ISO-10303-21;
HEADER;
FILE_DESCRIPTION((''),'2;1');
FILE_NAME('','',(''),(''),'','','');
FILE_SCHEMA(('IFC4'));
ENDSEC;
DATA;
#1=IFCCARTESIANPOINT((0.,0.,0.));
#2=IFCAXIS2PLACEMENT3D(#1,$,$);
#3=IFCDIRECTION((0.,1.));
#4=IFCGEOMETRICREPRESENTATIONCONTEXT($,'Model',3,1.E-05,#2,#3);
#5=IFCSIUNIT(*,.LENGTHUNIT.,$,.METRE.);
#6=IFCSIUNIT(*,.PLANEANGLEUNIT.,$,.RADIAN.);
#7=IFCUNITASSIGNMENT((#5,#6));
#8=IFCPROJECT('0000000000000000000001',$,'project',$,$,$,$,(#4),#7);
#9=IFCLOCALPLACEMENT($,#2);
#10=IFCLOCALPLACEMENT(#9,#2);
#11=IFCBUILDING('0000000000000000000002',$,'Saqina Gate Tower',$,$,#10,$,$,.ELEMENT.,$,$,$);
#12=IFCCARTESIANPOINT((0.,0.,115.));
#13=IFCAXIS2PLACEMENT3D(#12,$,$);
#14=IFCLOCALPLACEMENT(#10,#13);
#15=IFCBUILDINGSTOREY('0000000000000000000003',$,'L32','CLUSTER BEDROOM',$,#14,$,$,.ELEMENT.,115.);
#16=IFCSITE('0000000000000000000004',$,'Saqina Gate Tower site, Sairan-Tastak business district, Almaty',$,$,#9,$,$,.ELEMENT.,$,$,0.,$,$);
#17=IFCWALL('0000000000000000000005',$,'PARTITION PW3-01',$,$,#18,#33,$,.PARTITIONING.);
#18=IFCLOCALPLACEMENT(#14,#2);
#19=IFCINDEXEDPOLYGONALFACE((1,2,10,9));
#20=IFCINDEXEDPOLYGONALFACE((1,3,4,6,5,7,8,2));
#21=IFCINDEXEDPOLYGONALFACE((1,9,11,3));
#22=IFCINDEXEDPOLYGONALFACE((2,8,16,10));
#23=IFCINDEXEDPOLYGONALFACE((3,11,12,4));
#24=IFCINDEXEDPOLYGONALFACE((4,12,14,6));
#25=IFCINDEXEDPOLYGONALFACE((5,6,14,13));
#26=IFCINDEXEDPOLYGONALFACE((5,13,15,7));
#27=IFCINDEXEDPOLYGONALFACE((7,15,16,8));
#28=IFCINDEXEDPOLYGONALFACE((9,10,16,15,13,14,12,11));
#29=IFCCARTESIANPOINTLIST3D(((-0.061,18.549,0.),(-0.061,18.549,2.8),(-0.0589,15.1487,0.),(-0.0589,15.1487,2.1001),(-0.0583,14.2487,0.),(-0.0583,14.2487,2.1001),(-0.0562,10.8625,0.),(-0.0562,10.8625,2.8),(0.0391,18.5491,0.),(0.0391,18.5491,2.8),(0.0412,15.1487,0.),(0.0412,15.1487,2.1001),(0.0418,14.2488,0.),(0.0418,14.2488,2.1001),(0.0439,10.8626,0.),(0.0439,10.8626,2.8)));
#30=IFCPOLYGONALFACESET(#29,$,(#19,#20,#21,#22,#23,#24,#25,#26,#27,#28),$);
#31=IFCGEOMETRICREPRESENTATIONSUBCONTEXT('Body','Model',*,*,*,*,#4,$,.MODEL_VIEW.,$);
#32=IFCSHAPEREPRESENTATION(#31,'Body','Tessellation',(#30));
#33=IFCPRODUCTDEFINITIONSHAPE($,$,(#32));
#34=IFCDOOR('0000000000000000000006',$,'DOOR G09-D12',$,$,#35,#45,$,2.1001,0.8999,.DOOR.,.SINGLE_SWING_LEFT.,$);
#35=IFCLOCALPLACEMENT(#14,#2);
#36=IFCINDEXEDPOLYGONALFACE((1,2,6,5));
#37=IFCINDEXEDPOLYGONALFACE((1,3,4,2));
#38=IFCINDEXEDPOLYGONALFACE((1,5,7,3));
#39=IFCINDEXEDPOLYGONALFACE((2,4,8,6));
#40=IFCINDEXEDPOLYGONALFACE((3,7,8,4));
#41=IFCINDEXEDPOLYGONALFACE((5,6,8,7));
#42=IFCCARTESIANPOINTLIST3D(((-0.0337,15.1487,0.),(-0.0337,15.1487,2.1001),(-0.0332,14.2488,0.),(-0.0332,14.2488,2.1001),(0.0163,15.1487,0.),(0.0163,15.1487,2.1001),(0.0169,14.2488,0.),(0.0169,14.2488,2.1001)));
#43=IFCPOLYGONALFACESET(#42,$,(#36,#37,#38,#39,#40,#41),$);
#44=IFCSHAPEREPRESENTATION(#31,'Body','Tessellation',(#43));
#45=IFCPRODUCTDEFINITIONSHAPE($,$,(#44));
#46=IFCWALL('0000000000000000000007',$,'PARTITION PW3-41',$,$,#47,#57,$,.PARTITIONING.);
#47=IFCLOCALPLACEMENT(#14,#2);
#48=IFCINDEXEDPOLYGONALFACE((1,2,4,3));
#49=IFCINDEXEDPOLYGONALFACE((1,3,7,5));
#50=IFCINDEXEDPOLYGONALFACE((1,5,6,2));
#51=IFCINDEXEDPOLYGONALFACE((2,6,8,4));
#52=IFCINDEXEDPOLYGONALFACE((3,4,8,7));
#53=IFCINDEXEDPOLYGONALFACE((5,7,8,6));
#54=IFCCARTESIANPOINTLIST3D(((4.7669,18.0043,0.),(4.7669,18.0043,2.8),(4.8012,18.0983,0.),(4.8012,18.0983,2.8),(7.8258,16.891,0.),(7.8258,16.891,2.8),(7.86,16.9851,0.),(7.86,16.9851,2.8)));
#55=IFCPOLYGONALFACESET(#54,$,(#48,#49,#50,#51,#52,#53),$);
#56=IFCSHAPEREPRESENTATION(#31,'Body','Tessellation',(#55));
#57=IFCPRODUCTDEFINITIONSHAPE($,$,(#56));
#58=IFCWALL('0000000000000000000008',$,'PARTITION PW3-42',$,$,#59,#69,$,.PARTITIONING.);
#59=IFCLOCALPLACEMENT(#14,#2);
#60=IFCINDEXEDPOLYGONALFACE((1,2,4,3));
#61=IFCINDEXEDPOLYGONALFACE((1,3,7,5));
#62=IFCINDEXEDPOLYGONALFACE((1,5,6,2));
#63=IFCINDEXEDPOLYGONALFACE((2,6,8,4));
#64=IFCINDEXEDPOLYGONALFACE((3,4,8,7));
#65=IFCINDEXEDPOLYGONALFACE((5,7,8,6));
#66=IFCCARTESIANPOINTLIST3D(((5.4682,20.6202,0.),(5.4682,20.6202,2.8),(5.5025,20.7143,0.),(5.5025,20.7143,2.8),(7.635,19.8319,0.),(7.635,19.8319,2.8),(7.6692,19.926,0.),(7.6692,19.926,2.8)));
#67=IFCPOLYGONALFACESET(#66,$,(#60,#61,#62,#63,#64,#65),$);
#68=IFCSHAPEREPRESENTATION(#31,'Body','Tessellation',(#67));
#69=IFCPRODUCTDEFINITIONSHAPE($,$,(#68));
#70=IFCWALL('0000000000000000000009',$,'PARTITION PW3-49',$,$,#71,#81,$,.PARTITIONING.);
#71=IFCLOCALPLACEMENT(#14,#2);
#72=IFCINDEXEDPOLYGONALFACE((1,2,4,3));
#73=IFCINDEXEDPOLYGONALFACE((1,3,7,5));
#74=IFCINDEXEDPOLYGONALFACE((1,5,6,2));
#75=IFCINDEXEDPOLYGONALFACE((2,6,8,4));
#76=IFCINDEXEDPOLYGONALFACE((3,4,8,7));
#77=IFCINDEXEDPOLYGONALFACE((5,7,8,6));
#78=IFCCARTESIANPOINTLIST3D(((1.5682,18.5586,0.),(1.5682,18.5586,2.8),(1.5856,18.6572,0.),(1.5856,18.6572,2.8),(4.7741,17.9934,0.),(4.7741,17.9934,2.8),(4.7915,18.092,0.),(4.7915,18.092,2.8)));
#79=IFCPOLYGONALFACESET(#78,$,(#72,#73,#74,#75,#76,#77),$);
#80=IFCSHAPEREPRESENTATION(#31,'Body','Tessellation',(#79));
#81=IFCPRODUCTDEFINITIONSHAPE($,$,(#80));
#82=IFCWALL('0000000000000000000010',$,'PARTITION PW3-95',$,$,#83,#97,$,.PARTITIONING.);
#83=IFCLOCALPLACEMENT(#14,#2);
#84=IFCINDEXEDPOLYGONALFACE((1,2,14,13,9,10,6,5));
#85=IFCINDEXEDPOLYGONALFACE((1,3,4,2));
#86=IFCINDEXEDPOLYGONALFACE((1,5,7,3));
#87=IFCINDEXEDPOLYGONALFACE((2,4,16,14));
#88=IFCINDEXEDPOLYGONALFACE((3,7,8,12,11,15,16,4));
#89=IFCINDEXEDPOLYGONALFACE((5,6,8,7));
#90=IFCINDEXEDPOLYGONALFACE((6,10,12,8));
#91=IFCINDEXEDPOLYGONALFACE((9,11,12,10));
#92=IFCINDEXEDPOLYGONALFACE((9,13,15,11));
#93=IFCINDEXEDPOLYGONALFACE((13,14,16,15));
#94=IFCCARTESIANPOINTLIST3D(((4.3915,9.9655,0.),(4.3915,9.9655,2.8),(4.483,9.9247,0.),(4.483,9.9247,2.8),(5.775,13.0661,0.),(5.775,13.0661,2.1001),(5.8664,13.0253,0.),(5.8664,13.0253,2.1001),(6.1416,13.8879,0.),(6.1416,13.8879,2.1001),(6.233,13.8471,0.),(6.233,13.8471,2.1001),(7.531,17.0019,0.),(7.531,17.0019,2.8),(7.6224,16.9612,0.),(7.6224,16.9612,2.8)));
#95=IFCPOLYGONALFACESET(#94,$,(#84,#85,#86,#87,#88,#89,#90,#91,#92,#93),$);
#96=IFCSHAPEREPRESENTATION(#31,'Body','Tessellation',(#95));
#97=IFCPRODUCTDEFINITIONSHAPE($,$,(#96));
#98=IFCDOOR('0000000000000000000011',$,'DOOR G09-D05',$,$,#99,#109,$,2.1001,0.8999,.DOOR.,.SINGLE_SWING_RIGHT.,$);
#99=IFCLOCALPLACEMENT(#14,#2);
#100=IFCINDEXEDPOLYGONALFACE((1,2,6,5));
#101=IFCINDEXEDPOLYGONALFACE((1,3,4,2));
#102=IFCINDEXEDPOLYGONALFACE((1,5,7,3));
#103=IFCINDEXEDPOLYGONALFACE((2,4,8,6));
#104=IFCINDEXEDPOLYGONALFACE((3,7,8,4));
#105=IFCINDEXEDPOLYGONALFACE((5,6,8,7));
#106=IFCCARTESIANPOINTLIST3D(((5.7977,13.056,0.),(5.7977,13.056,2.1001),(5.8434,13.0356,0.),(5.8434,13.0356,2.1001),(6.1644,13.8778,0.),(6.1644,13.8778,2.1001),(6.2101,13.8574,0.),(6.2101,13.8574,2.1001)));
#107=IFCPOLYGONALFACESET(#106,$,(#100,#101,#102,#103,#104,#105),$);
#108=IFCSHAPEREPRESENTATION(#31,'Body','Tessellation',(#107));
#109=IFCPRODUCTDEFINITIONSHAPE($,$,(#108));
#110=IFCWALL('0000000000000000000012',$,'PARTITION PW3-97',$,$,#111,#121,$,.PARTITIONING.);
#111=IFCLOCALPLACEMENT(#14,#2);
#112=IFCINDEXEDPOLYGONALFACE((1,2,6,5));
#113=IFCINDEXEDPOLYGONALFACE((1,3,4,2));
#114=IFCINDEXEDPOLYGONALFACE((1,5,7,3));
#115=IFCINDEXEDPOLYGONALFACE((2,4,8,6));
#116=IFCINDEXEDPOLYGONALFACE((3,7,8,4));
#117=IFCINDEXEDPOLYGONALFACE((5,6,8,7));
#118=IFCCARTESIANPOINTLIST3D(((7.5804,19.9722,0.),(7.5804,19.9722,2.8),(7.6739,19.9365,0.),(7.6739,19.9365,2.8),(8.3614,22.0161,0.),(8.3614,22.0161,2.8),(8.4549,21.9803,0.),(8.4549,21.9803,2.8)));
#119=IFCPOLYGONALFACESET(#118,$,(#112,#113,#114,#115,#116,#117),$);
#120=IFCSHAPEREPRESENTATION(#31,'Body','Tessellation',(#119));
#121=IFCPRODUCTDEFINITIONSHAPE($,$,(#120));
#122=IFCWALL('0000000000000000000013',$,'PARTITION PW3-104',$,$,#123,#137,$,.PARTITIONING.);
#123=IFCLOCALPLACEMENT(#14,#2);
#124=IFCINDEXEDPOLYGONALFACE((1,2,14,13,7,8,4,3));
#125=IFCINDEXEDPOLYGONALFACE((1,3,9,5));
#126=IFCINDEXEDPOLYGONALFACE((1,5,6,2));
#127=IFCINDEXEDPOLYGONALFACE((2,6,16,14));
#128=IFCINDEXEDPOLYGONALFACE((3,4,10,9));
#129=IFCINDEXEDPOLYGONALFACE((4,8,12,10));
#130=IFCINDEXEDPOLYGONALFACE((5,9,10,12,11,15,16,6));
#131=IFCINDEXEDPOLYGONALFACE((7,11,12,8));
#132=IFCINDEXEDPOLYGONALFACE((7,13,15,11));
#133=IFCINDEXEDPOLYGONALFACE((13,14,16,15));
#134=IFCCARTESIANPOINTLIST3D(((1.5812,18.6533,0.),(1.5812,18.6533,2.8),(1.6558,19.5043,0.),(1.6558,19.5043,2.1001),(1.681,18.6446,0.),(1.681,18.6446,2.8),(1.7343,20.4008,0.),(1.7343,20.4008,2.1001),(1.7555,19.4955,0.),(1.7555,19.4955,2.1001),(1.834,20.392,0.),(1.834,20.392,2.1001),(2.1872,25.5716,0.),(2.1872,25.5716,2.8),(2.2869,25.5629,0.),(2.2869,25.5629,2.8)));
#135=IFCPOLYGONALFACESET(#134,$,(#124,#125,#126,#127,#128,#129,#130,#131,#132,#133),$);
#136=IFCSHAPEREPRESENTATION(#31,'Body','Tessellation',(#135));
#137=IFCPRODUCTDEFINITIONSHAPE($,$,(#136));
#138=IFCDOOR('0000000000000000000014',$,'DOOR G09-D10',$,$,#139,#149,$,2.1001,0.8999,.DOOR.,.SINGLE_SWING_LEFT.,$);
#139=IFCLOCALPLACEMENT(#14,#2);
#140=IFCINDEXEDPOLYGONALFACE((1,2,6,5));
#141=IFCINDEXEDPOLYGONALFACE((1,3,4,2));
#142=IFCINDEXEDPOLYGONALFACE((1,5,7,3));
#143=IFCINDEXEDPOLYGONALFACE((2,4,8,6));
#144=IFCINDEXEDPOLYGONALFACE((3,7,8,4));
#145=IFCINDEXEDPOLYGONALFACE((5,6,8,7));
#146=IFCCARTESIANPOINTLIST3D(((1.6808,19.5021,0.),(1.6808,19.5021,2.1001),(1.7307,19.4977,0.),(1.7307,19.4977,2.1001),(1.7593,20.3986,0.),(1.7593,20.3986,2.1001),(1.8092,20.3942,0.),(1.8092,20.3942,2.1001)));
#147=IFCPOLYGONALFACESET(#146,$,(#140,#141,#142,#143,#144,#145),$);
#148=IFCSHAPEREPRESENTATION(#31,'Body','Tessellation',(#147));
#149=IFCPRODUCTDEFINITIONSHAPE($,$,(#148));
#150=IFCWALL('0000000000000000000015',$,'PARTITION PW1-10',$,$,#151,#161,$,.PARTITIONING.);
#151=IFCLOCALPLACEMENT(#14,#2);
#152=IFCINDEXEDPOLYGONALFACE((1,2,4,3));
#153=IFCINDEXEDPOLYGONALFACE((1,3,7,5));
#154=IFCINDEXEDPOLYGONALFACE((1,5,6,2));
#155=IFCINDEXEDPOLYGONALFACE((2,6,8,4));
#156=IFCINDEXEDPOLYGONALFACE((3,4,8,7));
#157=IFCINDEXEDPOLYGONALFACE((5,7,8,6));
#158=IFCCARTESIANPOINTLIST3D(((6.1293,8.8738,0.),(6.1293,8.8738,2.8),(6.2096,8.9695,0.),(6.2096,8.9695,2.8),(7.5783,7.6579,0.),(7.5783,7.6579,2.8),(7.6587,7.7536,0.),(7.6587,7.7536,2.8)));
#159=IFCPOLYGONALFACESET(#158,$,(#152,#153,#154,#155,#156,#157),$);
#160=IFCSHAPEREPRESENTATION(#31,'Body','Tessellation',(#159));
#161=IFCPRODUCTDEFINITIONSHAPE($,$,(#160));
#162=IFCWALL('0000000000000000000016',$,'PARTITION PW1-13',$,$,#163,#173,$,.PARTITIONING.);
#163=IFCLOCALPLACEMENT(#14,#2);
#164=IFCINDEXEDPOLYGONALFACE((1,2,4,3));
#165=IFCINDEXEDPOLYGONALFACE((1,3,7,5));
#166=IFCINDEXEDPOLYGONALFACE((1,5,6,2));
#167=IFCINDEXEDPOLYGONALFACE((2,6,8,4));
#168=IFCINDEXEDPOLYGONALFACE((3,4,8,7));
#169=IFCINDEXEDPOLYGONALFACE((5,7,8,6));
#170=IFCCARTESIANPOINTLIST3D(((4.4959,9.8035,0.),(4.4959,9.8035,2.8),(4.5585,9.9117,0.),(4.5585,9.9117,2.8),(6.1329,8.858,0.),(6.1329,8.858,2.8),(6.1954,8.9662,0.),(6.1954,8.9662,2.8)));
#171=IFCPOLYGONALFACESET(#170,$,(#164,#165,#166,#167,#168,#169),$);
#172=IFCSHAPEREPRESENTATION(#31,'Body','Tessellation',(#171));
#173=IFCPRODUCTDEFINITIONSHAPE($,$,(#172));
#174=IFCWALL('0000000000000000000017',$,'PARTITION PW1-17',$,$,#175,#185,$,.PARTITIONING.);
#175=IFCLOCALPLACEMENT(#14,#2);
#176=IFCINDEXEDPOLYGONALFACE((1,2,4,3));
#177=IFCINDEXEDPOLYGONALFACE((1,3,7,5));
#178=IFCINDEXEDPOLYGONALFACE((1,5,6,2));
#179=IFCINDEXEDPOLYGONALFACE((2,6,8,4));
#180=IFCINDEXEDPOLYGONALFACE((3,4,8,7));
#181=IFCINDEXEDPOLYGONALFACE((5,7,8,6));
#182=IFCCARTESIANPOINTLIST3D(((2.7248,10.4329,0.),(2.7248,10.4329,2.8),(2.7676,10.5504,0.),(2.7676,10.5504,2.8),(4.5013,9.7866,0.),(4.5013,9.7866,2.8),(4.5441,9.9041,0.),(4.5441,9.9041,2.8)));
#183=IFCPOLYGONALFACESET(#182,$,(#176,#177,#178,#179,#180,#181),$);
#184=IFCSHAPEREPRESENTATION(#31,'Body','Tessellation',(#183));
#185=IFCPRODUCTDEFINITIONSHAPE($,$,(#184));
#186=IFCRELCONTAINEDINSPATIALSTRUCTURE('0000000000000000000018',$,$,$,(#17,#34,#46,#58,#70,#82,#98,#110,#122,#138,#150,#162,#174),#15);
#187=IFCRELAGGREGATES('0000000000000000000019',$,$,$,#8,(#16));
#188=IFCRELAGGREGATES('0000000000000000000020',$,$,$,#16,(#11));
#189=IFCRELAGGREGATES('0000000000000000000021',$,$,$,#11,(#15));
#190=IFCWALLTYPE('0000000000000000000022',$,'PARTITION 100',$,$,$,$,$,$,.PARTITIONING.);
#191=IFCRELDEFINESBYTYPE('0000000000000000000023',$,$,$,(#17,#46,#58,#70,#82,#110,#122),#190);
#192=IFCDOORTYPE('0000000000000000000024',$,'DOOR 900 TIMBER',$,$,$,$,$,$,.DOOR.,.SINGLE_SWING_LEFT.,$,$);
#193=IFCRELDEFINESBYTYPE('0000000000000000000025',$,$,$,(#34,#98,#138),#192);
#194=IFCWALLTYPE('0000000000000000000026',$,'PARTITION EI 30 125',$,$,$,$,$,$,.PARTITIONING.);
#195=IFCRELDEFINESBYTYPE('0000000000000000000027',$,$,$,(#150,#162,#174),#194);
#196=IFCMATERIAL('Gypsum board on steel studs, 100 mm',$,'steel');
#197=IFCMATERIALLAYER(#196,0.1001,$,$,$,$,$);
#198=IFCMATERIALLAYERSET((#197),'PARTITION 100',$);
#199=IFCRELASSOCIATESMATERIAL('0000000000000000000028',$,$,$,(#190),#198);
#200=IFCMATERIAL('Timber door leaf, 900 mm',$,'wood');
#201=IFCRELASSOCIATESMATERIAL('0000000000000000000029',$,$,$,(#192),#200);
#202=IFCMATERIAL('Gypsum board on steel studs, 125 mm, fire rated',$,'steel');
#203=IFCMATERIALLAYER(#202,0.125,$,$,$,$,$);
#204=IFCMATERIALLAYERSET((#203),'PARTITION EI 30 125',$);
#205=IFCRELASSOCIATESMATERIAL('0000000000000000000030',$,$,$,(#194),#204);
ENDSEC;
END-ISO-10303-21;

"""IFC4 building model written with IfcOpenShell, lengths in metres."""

from ifc_helpers import new_model, si_unit, direction, frame, frame_2d, origin, place, context, subcontext, project, spatial, rectangle, extrude, material, layer, layer_set, type_object, element, fill, save


model = new_model("IFC4")

# Units and contexts
model_context = context("Model", 3, precision=1e-05, world=origin(), true_north=direction((0.0, 1.0)))
body_context = subcontext(model_context, "Body", "Model", "MODEL_VIEW")
ifc_project = project(units=[si_unit("LENGTHUNIT", "METRE"), si_unit("PLANEANGLEUNIT", "RADIAN")], contexts=[model_context])

# Site, building, storey
site_placement = place(None, origin())
site = spatial("IfcSite", under=ifc_project, at=site_placement, Name="Saqina Gate Tower site, Sairan-Tastak business district, Almaty", CompositionType="ELEMENT", RefElevation=0.0)
building_placement = place(site_placement, origin())
building = spatial("IfcBuilding", under=site, at=building_placement, Name="Saqina Gate Tower", CompositionType="ELEMENT")
storey_placement = place(building_placement, frame((0.0, 0.0, 115.0)))
storey = spatial("IfcBuildingStorey", under=building, at=storey_placement, Name="L32", Description="CLUSTER BEDROOM", CompositionType="ELEMENT", Elevation=115.0)

# Wall, opening, door
ifc_material_1 = material(Name="Gypsum board on steel studs, 100 mm", Category="steel")
ifc_layer_1 = layer(ifc_material_1, 0.1001)
ifc_layer_set_1 = layer_set([ifc_layer_1], Name="PARTITION 100")
wall_type_1 = type_object("IfcWallType", Name="PARTITION 100", PredefinedType="PARTITIONING", material=ifc_layer_set_1)
wall_1_placement = place(storey_placement, frame((-0.011, 18.5491, 0.0), z_axis=(0.0, 0.0, 1.0), x_axis=(0.000635, -1.0, 0.0)))
wall_1 = element("IfcWall", 1, at=wall_1_placement, inside=storey, type_object=wall_type_1, Name="PARTITION PW3-01", PredefinedType="PARTITIONING", context=body_context, shape_type="SweptSolid", body=[
    extrude(rectangle(XDim=7.6865, YDim=0.1001, at=frame_2d((3.8433, 0.0))), origin(), (0.0, 0.0, 1.0), 2.8),
])
opening_1_placement = place(wall_1_placement, frame((3.4004, 0.0, 0.0)))
opening_1 = element("IfcOpeningElement", 2, at=opening_1_placement, cuts=wall_1, PredefinedType="OPENING", context=body_context, shape_type="SweptSolid", body=[
    extrude(rectangle(XDim=0.8999, YDim=2.1001, at=frame_2d((0.45, 1.05))), frame((0.0, 0.062, 0.0), z_axis=(0.0, -1.0, 0.0), x_axis=(1.0, 0.0, 0.0)), (0.0, 0.0, 1.0), 0.124),
])
ifc_material_2 = material(Name="Timber door leaf, 900 mm", Category="wood")
door_type_1 = type_object("IfcDoorType", Name="DOOR 900 TIMBER", OperationType="SINGLE_SWING_LEFT", PredefinedType="DOOR", material=ifc_material_2)
door_1_placement = place(opening_1_placement, frame((0.8999, 0.0, 0.0), z_axis=(0.0, 0.0, 1.0), x_axis=(-1.0, 0.0, 0.0)))
door_1 = element("IfcDoor", 3, at=door_1_placement, inside=storey, type_object=door_type_1, Name="DOOR G09-D12", OperationType="SINGLE_SWING_LEFT", OverallHeight=2.1001, OverallWidth=0.8999, PredefinedType="DOOR", context=body_context, shape_type="SweptSolid", body=[
    extrude(rectangle(XDim=0.8999, YDim=2.1001, at=frame_2d((0.45, 1.05))), frame((0.0, 0.0249, 0.0), z_axis=(0.0, -1.0, 0.0), x_axis=(1.0, 0.0, 0.0)), (0.0, 0.0, 1.0), 0.05),
])
fill(opening_1, door_1)

# Walls
wall_2_placement = place(storey_placement, frame((4.7842, 18.0513, 0.0), z_axis=(0.0, 0.0, 1.0), x_axis=(0.939697, -0.342008, 0.0)))
element("IfcWall", 4, at=wall_2_placement, inside=storey, type_object=wall_type_1, Name="PARTITION PW3-41", PredefinedType="PARTITIONING", context=body_context, shape_type="SweptSolid", body=[
    extrude(rectangle(XDim=3.2551, YDim=0.1001, at=frame_2d((1.6274, 0.0))), origin(), (0.0, 0.0, 1.0), 2.8),
])
wall_3_placement = place(storey_placement, frame((5.4854, 20.6672, 0.0), z_axis=(0.0, 0.0, 1.0), x_axis=(0.939735, -0.341905, 0.0)))
element("IfcWall", 5, at=wall_3_placement, inside=storey, type_object=wall_type_1, Name="PARTITION PW3-42", PredefinedType="PARTITIONING", context=body_context, shape_type="SweptSolid", body=[
    extrude(rectangle(XDim=2.3057, YDim=0.1001, at=frame_2d((1.1528, 0.0))), origin(), (0.0, 0.0, 1.0), 2.8),
])
wall_4_placement = place(storey_placement, frame((1.5769, 18.6079, 0.0), z_axis=(0.0, 0.0, 1.0), x_axis=(0.984812, -0.173623, 0.0)))
element("IfcWall", 6, at=wall_4_placement, inside=storey, type_object=wall_type_1, Name="PARTITION PW3-49", PredefinedType="PARTITIONING", context=body_context, shape_type="SweptSolid", body=[
    extrude(rectangle(XDim=3.2554, YDim=0.1001, at=frame_2d((1.6277, 0.0))), origin(), (0.0, 0.0, 1.0), 2.8),
])

# Wall, opening, door
wall_5_placement = place(storey_placement, frame((4.4373, 9.9451, 0.0), z_axis=(0.0, 0.0, 1.0), x_axis=(0.407452, 0.913227, 0.0)))
wall_5 = element("IfcWall", 7, at=wall_5_placement, inside=storey, type_object=wall_type_1, Name="PARTITION PW3-95", PredefinedType="PARTITIONING", context=body_context, shape_type="SweptSolid", body=[
    extrude(rectangle(XDim=7.7051, YDim=0.1001, at=frame_2d((3.8525, 0.0))), origin(), (0.0, 0.0, 1.0), 2.8),
])
opening_2_placement = place(wall_5_placement, frame((3.3953, 0.0, 0.0)))
opening_2 = element("IfcOpeningElement", 8, at=opening_2_placement, cuts=wall_5, PredefinedType="OPENING", context=body_context, shape_type="SweptSolid", body=[
    extrude(rectangle(XDim=0.8999, YDim=2.1001, at=frame_2d((0.45, 1.05))), frame((0.0, 0.062, 0.0), z_axis=(0.0, -1.0, 0.0), x_axis=(1.0, 0.0, 0.0)), (0.0, 0.0, 1.0), 0.124),
])
door_2_placement = place(opening_2_placement, frame((0.8999, 0.0, 0.0), z_axis=(0.0, 0.0, 1.0), x_axis=(-1.0, 0.0, 0.0)))
door_2 = element("IfcDoor", 9, at=door_2_placement, inside=storey, type_object=door_type_1, Name="DOOR G09-D05", OperationType="SINGLE_SWING_RIGHT", OverallHeight=2.1001, OverallWidth=0.8999, PredefinedType="DOOR", context=body_context, shape_type="SweptSolid", body=[
    extrude(rectangle(XDim=0.8999, YDim=2.1001, at=frame_2d((0.45, 1.05))), frame((0.0, 0.0249, 0.0), z_axis=(0.0, -1.0, 0.0), x_axis=(1.0, 0.0, 0.0)), (0.0, 0.0, 1.0), 0.05),
])
fill(opening_2, door_2)

# Wall
wall_6_placement = place(storey_placement, frame((7.6272, 19.9543, 0.0), z_axis=(0.0, 0.0, 1.0), x_axis=(0.356937, 0.934128, 0.0)))
element("IfcWall", 10, at=wall_6_placement, inside=storey, type_object=wall_type_1, Name="PARTITION PW3-97", PredefinedType="PARTITIONING", context=body_context, shape_type="SweptSolid", body=[
    extrude(rectangle(XDim=2.188, YDim=0.1001, at=frame_2d((1.094, 0.0))), origin(), (0.0, 0.0, 1.0), 2.8),
])

# Wall, opening, door
wall_7_placement = place(storey_placement, frame((1.6311, 18.6489, 0.0), z_axis=(0.0, 0.0, 1.0), x_axis=(0.087252, 0.996186, 0.0)))
wall_7 = element("IfcWall", 11, at=wall_7_placement, inside=storey, type_object=wall_type_1, Name="PARTITION PW3-104", PredefinedType="PARTITIONING", context=body_context, shape_type="SweptSolid", body=[
    extrude(rectangle(XDim=6.9448, YDim=0.1001, at=frame_2d((3.4724, 0.0))), origin(), (0.0, 0.0, 1.0), 2.8),
])
opening_3_placement = place(wall_7_placement, frame((0.8542, 0.0, 0.0)))
opening_3 = element("IfcOpeningElement", 12, at=opening_3_placement, cuts=wall_7, PredefinedType="OPENING", context=body_context, shape_type="SweptSolid", body=[
    extrude(rectangle(XDim=0.8999, YDim=2.1001, at=frame_2d((0.45, 1.05))), frame((0.0, 0.062, 0.0), z_axis=(0.0, -1.0, 0.0), x_axis=(1.0, 0.0, 0.0)), (0.0, 0.0, 1.0), 0.124),
])
door_3_placement = place(opening_3_placement, origin())
door_3 = element("IfcDoor", 13, at=door_3_placement, inside=storey, type_object=door_type_1, Name="DOOR G09-D10", OperationType="SINGLE_SWING_LEFT", OverallHeight=2.1001, OverallWidth=0.8999, PredefinedType="DOOR", context=body_context, shape_type="SweptSolid", body=[
    extrude(rectangle(XDim=0.8999, YDim=2.1001, at=frame_2d((0.45, 1.05))), frame((0.0, 0.0249, 0.0), z_axis=(0.0, -1.0, 0.0), x_axis=(1.0, 0.0, 0.0)), (0.0, 0.0, 1.0), 0.05),
])
fill(opening_3, door_3)

# Walls
ifc_material_3 = material(Name="Gypsum board on steel studs, 125 mm, fire rated", Category="steel")
ifc_layer_2 = layer(ifc_material_3, 0.125)
ifc_layer_set_2 = layer_set([ifc_layer_2], Name="PARTITION EI 30 125")
wall_type_2 = type_object("IfcWallType", Name="PARTITION EI 30 125", PredefinedType="PARTITIONING", material=ifc_layer_set_2)
wall_8_placement = place(storey_placement, frame((6.1694, 8.9216, 0.0), z_axis=(0.0, 0.0, 1.0), x_axis=(0.766048, -0.642783, 0.0)))
element("IfcWall", 14, at=wall_8_placement, inside=storey, type_object=wall_type_2, Name="PARTITION PW1-10", PredefinedType="PARTITIONING", context=body_context, shape_type="SweptSolid", body=[
    extrude(rectangle(XDim=1.8916, YDim=0.125, at=frame_2d((0.9458, 0.0))), origin(), (0.0, 0.0, 1.0), 2.8),
])
for number, where, z_axis, x_axis, name in (
    (15, (4.5271, 9.8577, 0.0), (0.0, 0.0, 1.0), (0.865921, -0.500181, 0.0), "PARTITION PW1-13"),
    (16, (2.7461, 10.4917, 0.0), (0.0, 0.0, 1.0), (0.939744, -0.341878, 0.0), "PARTITION PW1-17"),
):
    element("IfcWall", number, at=place(storey_placement, frame(where, z_axis=z_axis, x_axis=x_axis)), inside=storey, type_object=wall_type_2, Name=name, PredefinedType="PARTITIONING", context=body_context, shape_type="SweptSolid", body=[
        extrude(rectangle(XDim=1.8904, YDim=0.125, at=frame_2d((0.9453, 0.0))), origin(), (0.0, 0.0, 1.0), 2.8),
    ])

save(model, "model.ifc")
